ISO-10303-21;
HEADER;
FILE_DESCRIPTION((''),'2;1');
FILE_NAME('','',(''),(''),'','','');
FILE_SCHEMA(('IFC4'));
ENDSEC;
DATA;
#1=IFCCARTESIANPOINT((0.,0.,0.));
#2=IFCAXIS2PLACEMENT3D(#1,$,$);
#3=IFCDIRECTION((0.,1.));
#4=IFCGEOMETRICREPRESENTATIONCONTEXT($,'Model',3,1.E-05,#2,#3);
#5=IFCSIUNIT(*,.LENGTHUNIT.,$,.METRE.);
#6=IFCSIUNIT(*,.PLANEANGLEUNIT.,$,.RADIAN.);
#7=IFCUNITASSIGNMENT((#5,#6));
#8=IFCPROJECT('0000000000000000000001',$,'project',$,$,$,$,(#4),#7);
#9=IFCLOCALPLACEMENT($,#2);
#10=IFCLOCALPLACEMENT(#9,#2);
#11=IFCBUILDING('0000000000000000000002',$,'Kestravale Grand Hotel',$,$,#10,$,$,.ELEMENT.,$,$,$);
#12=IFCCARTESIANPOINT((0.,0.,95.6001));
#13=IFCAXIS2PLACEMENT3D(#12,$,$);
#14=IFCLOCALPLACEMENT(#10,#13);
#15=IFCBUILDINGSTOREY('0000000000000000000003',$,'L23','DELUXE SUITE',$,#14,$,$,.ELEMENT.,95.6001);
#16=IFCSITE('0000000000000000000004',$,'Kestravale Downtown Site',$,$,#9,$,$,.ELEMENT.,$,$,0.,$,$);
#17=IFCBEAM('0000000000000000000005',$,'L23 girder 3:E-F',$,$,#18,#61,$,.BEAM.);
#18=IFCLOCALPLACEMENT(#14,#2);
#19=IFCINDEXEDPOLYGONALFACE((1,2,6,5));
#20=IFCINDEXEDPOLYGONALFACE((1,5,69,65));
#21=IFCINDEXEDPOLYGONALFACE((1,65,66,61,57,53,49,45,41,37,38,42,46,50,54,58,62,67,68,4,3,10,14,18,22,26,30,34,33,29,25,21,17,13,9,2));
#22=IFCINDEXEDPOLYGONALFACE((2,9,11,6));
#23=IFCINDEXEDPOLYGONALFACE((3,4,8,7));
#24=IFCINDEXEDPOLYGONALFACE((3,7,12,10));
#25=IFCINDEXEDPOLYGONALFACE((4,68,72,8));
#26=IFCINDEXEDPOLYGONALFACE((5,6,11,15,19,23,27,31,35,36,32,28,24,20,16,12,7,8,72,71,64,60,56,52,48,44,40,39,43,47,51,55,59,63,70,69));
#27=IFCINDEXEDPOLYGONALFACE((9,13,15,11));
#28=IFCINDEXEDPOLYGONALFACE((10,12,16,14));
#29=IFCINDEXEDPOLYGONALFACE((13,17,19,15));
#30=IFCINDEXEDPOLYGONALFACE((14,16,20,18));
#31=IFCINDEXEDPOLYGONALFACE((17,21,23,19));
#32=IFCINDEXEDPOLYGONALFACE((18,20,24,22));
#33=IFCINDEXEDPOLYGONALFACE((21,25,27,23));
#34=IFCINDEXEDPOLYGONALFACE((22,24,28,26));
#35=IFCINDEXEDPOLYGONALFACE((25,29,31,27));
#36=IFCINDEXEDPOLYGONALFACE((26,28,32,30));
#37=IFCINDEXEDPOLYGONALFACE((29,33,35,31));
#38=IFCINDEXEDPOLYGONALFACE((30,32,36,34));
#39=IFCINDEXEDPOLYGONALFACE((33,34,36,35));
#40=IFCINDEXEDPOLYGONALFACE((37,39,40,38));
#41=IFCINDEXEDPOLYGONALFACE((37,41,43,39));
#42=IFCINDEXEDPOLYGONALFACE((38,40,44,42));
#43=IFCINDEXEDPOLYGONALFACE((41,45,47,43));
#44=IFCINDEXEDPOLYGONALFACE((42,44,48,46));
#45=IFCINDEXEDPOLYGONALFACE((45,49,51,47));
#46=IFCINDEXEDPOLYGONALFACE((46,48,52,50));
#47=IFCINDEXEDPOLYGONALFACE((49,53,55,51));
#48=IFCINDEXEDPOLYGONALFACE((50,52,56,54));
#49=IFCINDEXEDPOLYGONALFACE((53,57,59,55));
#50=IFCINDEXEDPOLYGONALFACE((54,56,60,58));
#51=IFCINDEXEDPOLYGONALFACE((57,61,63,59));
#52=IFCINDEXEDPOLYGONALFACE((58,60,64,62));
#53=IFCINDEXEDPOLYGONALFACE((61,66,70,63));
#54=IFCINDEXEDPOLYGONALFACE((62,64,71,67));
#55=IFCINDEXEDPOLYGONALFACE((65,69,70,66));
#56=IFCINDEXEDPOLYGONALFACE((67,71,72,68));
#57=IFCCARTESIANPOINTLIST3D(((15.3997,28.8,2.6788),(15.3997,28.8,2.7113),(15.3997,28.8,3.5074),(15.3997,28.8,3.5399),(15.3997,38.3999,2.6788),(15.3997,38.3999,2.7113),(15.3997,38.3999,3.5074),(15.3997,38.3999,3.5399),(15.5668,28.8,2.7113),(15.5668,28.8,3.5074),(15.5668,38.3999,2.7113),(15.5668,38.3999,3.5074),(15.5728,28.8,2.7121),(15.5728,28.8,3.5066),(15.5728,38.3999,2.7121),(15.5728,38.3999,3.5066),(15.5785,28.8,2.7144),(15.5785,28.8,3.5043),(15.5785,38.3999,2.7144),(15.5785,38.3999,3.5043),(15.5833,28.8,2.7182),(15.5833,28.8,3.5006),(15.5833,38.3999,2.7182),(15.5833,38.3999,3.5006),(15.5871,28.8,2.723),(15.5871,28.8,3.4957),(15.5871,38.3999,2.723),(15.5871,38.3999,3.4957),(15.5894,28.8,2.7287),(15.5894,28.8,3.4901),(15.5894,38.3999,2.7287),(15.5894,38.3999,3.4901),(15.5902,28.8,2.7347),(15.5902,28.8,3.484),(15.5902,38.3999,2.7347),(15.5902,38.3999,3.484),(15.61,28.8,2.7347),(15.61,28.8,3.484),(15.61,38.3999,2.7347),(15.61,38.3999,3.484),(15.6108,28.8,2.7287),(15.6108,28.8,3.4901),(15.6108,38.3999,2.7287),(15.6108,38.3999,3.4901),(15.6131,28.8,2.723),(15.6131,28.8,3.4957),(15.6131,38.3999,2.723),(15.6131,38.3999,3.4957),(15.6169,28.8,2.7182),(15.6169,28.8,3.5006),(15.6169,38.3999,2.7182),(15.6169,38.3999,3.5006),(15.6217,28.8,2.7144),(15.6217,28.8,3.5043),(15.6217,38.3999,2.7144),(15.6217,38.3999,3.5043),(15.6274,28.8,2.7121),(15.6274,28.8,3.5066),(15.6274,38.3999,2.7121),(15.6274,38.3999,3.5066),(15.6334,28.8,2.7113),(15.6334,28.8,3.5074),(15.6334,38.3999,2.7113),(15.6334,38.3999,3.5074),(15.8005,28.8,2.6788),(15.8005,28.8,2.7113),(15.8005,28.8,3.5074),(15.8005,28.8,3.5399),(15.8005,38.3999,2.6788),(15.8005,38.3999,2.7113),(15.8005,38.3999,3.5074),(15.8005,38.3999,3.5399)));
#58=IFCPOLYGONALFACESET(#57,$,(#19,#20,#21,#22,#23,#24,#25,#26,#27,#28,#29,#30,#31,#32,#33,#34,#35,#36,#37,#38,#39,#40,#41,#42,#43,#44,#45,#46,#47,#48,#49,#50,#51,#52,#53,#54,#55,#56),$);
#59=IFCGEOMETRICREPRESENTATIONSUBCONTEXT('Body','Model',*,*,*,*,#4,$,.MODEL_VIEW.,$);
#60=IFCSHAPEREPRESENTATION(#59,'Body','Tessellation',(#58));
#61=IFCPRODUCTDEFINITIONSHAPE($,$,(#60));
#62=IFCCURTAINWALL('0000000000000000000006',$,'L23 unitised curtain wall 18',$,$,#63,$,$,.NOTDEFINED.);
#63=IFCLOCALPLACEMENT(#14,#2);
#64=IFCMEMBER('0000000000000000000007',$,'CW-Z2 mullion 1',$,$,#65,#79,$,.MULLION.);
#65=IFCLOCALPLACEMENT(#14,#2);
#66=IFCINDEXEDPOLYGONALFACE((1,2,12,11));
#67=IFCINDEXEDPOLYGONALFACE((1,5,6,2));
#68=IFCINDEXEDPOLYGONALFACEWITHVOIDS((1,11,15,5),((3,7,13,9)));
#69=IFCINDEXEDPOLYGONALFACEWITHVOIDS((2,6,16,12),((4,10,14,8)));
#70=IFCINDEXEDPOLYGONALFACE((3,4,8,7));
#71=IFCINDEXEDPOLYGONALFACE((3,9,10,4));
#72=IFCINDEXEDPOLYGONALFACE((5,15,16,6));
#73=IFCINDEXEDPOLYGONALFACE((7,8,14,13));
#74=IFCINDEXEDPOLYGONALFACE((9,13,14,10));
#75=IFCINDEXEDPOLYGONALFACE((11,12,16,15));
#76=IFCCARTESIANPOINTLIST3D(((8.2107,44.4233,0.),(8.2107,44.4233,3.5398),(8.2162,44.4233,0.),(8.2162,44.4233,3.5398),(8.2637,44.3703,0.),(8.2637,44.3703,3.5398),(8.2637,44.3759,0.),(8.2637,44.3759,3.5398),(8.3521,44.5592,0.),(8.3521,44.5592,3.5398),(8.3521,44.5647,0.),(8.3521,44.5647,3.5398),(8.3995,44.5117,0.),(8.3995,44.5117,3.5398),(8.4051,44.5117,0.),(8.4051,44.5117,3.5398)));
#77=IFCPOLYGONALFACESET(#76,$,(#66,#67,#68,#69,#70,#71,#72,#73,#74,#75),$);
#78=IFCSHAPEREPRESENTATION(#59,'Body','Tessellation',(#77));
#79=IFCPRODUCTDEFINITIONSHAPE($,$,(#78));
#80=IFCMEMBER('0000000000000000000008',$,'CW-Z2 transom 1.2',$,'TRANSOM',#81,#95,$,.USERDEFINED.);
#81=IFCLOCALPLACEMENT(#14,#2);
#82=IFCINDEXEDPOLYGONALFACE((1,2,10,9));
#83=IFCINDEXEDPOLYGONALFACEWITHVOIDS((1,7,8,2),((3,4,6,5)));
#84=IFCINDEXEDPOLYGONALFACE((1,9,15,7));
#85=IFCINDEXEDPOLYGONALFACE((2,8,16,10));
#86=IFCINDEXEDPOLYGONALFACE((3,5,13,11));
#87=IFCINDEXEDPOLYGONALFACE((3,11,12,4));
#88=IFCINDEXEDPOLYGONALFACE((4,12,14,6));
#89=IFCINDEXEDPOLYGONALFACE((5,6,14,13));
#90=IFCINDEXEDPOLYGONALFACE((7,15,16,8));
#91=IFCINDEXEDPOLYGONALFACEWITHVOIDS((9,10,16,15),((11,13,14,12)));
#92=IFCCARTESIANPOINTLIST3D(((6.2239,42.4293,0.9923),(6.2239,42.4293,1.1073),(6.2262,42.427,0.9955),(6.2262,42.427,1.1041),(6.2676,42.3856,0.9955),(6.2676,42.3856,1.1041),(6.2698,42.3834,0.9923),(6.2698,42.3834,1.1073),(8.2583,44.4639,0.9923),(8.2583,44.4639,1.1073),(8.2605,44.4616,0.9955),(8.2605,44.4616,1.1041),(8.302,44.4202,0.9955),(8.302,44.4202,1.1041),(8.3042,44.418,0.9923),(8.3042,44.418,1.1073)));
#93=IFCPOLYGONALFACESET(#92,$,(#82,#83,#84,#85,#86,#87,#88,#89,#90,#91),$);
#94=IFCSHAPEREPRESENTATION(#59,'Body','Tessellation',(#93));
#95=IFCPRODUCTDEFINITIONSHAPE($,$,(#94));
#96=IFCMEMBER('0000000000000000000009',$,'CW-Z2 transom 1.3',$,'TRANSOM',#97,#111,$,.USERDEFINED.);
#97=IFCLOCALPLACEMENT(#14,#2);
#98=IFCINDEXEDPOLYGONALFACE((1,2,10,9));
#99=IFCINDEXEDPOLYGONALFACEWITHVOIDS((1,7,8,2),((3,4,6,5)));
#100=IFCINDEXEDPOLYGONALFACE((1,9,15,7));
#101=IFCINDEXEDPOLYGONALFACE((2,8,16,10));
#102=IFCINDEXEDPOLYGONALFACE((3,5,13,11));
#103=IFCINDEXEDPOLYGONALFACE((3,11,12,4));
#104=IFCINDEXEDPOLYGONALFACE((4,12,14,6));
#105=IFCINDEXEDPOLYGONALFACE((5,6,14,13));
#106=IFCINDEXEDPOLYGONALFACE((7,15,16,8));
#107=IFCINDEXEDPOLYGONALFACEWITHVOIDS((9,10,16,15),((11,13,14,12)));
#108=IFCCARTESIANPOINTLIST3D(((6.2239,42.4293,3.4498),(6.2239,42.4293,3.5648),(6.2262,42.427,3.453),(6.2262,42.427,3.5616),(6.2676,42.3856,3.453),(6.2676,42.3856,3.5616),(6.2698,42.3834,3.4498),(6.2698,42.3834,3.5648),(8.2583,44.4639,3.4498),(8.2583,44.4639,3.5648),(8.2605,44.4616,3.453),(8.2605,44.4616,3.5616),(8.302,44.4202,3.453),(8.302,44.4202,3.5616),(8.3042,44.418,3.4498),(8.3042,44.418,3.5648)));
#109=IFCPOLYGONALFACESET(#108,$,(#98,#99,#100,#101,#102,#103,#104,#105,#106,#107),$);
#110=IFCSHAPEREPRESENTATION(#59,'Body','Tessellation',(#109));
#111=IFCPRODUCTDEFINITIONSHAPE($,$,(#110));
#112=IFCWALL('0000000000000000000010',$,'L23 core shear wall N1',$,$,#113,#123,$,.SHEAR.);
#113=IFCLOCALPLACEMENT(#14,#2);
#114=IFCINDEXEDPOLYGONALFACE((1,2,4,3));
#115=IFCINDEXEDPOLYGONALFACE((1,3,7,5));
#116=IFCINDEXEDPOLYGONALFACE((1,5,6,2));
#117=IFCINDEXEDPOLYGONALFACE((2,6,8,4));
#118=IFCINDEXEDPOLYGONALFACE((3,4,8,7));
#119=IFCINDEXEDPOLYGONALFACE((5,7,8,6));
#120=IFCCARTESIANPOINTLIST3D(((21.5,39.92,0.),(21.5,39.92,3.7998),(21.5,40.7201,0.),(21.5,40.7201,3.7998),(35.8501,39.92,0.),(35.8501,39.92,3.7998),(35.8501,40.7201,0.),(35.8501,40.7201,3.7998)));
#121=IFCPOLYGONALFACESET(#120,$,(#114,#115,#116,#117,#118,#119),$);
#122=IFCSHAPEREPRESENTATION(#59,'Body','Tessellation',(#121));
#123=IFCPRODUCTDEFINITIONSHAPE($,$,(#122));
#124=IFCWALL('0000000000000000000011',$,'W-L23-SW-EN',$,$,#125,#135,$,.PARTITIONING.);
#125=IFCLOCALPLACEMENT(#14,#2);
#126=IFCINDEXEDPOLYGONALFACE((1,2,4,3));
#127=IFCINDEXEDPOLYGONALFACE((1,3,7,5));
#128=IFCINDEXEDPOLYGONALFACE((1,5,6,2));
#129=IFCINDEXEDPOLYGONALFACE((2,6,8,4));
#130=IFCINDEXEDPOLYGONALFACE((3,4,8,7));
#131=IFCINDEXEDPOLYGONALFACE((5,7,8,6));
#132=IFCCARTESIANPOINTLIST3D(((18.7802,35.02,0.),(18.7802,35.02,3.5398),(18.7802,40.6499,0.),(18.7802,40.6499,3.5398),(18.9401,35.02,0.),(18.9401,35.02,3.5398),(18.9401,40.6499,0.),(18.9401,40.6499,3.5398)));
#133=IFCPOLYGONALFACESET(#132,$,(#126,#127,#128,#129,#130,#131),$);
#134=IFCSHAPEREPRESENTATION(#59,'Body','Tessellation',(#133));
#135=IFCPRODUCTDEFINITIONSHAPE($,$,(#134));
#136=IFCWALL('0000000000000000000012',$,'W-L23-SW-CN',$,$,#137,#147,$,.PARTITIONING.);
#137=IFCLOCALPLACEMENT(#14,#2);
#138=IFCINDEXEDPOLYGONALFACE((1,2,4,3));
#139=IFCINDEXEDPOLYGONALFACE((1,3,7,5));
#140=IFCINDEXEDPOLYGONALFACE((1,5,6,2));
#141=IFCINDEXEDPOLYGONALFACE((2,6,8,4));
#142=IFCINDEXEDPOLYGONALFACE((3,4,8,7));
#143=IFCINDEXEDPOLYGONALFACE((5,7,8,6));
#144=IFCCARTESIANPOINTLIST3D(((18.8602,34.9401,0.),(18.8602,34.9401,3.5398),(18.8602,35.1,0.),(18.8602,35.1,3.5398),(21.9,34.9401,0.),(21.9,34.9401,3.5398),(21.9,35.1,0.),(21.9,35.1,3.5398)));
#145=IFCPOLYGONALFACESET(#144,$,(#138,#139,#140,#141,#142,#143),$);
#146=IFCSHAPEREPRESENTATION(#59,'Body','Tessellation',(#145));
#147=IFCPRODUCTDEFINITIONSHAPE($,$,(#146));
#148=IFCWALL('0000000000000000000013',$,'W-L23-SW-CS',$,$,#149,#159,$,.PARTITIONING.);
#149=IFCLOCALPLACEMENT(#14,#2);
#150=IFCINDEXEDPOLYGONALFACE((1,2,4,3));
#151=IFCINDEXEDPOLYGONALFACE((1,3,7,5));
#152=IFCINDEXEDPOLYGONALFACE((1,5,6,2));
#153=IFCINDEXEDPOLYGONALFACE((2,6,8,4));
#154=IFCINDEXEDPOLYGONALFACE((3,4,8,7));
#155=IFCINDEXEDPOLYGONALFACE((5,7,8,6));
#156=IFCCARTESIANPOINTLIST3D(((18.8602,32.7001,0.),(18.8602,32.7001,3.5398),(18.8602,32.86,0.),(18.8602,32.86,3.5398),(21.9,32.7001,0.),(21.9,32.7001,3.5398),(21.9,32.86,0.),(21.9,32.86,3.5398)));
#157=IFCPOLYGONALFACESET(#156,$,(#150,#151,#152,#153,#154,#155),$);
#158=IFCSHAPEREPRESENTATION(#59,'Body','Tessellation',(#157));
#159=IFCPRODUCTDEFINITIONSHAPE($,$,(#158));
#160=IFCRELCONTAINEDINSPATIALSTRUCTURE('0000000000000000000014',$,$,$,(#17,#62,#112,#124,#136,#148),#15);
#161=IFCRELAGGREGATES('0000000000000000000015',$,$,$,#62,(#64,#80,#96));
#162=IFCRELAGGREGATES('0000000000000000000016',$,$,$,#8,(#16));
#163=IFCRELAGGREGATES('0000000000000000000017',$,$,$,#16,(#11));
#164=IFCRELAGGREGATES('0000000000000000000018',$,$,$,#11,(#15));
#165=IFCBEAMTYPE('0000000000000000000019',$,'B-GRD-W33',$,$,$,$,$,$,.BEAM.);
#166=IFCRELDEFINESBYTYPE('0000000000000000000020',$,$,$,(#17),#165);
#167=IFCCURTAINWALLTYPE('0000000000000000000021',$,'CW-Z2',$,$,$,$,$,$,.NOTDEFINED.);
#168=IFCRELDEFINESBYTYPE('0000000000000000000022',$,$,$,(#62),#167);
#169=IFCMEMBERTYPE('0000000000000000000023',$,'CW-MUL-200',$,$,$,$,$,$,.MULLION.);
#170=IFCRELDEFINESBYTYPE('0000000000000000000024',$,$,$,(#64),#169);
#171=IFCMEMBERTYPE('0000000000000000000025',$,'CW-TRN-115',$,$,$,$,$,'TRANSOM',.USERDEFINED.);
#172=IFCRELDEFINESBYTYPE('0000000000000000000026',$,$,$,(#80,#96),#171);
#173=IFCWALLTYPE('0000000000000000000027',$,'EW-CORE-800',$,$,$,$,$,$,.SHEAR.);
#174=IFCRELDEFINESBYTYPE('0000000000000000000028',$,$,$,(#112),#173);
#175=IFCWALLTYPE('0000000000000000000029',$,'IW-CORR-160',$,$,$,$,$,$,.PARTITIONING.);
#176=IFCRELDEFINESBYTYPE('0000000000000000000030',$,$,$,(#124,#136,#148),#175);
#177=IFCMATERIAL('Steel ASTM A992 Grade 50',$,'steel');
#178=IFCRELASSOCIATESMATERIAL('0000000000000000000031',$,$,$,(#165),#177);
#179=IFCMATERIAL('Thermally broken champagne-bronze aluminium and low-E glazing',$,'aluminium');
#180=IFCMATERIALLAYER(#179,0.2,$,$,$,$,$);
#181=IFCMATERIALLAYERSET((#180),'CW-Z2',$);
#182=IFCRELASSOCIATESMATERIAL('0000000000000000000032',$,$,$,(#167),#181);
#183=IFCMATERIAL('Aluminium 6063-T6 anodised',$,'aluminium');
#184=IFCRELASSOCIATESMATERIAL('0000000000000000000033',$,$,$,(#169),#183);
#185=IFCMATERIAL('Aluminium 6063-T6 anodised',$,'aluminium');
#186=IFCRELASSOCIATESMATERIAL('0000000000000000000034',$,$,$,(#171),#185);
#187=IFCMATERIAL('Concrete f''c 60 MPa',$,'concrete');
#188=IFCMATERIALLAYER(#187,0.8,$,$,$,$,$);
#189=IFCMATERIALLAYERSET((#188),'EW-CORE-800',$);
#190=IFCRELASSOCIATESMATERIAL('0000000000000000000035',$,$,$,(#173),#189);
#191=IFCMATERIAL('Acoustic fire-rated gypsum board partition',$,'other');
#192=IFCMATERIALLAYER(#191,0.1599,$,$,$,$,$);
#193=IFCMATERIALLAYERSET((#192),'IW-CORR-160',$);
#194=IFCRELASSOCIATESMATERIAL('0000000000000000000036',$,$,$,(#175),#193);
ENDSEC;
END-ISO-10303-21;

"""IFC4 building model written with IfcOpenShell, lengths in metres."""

from ifc_helpers import new_model, si_unit, direction, frame, frame_2d, origin, origin_2d, place, context, subcontext, project, spatial, rectangle, hollow_rectangle, i_section, extrude, material, layer, layer_set, material_profile, profile_set, type_object, element, aggregate, save


model = new_model("IFC4")

# Units and contexts
model_context = context("Model", 3, precision=1e-05, world=origin(), true_north=direction((0.0, 1.0)))
body_context = subcontext(model_context, "Body", "Model", "MODEL_VIEW")
ifc_project = project(units=[si_unit("LENGTHUNIT", "METRE"), si_unit("PLANEANGLEUNIT", "RADIAN")], contexts=[model_context])

# Site, building, storey
site_placement = place(None, origin())
site = spatial("IfcSite", under=ifc_project, at=site_placement, Name="Kestravale Downtown Site", CompositionType="ELEMENT", RefElevation=0.0)
building_placement = place(site_placement, origin())
building = spatial("IfcBuilding", under=site, at=building_placement, Name="Kestravale Grand Hotel", CompositionType="ELEMENT")
storey_placement = place(building_placement, frame((0.0, 0.0, 95.6001)))
storey = spatial("IfcBuildingStorey", under=building, at=storey_placement, Name="L23", Description="DELUXE SUITE", CompositionType="ELEMENT", Elevation=95.6001)

# Beam
ifc_material_1 = material(Name="Steel ASTM A992 Grade 50", Category="steel")
ifc_material_profile_1 = material_profile(ifc_material_1, i_section(OverallWidth=0.4009, OverallDepth=0.8611, WebThickness=0.0198, FlangeThickness=0.0325, FilletRadius=0.0234, at=origin_2d()))
ifc_profile_set_1 = profile_set([ifc_material_profile_1], Name="Steel ASTM A992 Grade 50")
beam_type_1 = type_object("IfcBeamType", Name="B-GRD-W33", PredefinedType="BEAM", material=ifc_profile_set_1)
beam_1_placement = place(storey_placement, frame((15.6001, 28.8, 3.1094), z_axis=(0.0, 1.0, 0.0), x_axis=(-1.0, 0.0, 0.0)))
element("IfcBeam", 1, at=beam_1_placement, inside=storey, type_object=beam_type_1, Name="L23 girder 3:E-F", PredefinedType="BEAM", context=body_context, shape_type="SweptSolid", body=[
    extrude(i_section(OverallWidth=0.4009, OverallDepth=0.8611, WebThickness=0.0198, FlangeThickness=0.0325, FilletRadius=0.0234, at=origin_2d()), origin(), (0.0, 0.0, 1.0), 9.5999),
])

# Curtain wall, members
ifc_material_2 = material(Name="Thermally broken champagne-bronze aluminium and low-E glazing", Category="aluminium")
ifc_layer_1 = layer(ifc_material_2, 0.2)
ifc_layer_set_1 = layer_set([ifc_layer_1], Name="CW-Z2")
curtain_wall_type = type_object("IfcCurtainWallType", Name="CW-Z2", PredefinedType="NOTDEFINED", material=ifc_layer_set_1)
curtain_wall_placement = place(storey_placement, origin())
curtain_wall = element("IfcCurtainWall", 2, at=curtain_wall_placement, inside=storey, type_object=curtain_wall_type, Name="L23 unitised curtain wall 18", PredefinedType="NOTDEFINED")
ifc_material_3 = material(Name="Aluminium 6063-T6 anodised", Category="aluminium")
ifc_material_profile_2 = material_profile(ifc_material_3, hollow_rectangle(XDim=0.075, YDim=0.2, WallThickness=0.0039, at=origin_2d()))
ifc_profile_set_2 = profile_set([ifc_material_profile_2], Name="Aluminium 6063-T6 anodised")
member_type_1 = type_object("IfcMemberType", Name="CW-MUL-200", PredefinedType="MULLION", material=ifc_profile_set_2)
member_1_placement = place(storey_placement, frame((8.3079, 44.4675, 0.0), z_axis=(0.0, 0.0, 1.0), x_axis=(0.707107, -0.707107, 0.0)))
member_1 = element("IfcMember", 3, at=member_1_placement, type_object=member_type_1, Name="CW-Z2 mullion 1", PredefinedType="MULLION", context=body_context, shape_type="SweptSolid", body=[
    extrude(hollow_rectangle(XDim=0.075, YDim=0.2, WallThickness=0.0039, at=origin_2d()), origin(), (0.0, 0.0, 1.0), 3.5398),
])
ifc_material_4 = material(Name="Aluminium 6063-T6 anodised", Category="aluminium")
ifc_material_profile_3 = material_profile(ifc_material_4, hollow_rectangle(XDim=0.0649, YDim=0.115, WallThickness=0.0032, at=origin_2d()))
ifc_profile_set_3 = profile_set([ifc_material_profile_3], Name="Aluminium 6063-T6 anodised")
member_type_2 = type_object("IfcMemberType", Name="CW-TRN-115", ElementType="TRANSOM", PredefinedType="USERDEFINED", material=ifc_profile_set_3)
member_2_placement = place(storey_placement, frame((8.2812, 44.4409, 1.0498), z_axis=(-0.707064, -0.707149, 0.0), x_axis=(0.707149, -0.707064, 0.0)))
member_2 = element("IfcMember", 4, at=member_2_placement, type_object=member_type_2, Name="CW-Z2 transom 1.2", ObjectType="TRANSOM", PredefinedType="USERDEFINED", context=body_context, shape_type="SweptSolid", body=[
    extrude(hollow_rectangle(XDim=0.0649, YDim=0.115, WallThickness=0.0032, at=origin_2d()), origin(), (0.0, 0.0, 1.0), 2.8772),
])
member_3_placement = place(storey_placement, frame((8.2812, 44.4409, 3.5073), z_axis=(-0.707064, -0.707149, 0.0), x_axis=(0.707149, -0.707064, 0.0)))
member_3 = element("IfcMember", 5, at=member_3_placement, type_object=member_type_2, Name="CW-Z2 transom 1.3", ObjectType="TRANSOM", PredefinedType="USERDEFINED", context=body_context, shape_type="SweptSolid", body=[
    extrude(hollow_rectangle(XDim=0.0649, YDim=0.115, WallThickness=0.0032, at=origin_2d()), origin(), (0.0, 0.0, 1.0), 2.8772),
])
aggregate(curtain_wall, [member_1, member_2, member_3])

# Walls
ifc_material_5 = material(Name="Concrete f'c 60 MPa", Category="concrete")
ifc_layer_2 = layer(ifc_material_5, 0.8)
ifc_layer_set_2 = layer_set([ifc_layer_2], Name="EW-CORE-800")
wall_type_1 = type_object("IfcWallType", Name="EW-CORE-800", PredefinedType="SHEAR", material=ifc_layer_set_2)
wall_1_placement = place(storey_placement, frame((21.5, 40.3201, 0.0), z_axis=(0.0, 0.0, 1.0), x_axis=(1.0, 0.0, 0.0)))
element("IfcWall", 6, at=wall_1_placement, inside=storey, type_object=wall_type_1, Name="L23 core shear wall N1", PredefinedType="SHEAR", context=body_context, shape_type="SweptSolid", body=[
    extrude(rectangle(XDim=14.3501, YDim=0.8, at=frame_2d((7.175, 0.0))), origin(), (0.0, 0.0, 1.0), 3.7998),
])
ifc_material_6 = material(Name="Acoustic fire-rated gypsum board partition", Category="other")
ifc_layer_3 = layer(ifc_material_6, 0.1599)
ifc_layer_set_3 = layer_set([ifc_layer_3], Name="IW-CORR-160")
wall_type_2 = type_object("IfcWallType", Name="IW-CORR-160", PredefinedType="PARTITIONING", material=ifc_layer_set_3)
wall_2_placement = place(storey_placement, frame((18.8601, 35.02, 0.0), z_axis=(0.0, 0.0, 1.0), x_axis=(0.0, 1.0, 0.0)))
element("IfcWall", 7, at=wall_2_placement, inside=storey, type_object=wall_type_2, Name="W-L23-SW-EN", PredefinedType="PARTITIONING", context=body_context, shape_type="SweptSolid", body=[
    extrude(rectangle(XDim=5.6299, YDim=0.1599, at=frame_2d((2.8149, 0.0))), origin(), (0.0, 0.0, 1.0), 3.5398),
])
for number, where, z_axis, x_axis, name in (
    (8, (18.8601, 35.02, 0.0), (0.0, 0.0, 1.0), (1.0, 0.0, 0.0), "W-L23-SW-CN"),
    (9, (18.8601, 32.78, 0.0), (0.0, 0.0, 1.0), (1.0, 0.0, 0.0), "W-L23-SW-CS"),
):
    element("IfcWall", number, at=place(storey_placement, frame(where, z_axis=z_axis, x_axis=x_axis)), inside=storey, type_object=wall_type_2, Name=name, PredefinedType="PARTITIONING", context=body_context, shape_type="SweptSolid", body=[
        extrude(rectangle(XDim=3.0398, YDim=0.1599, at=frame_2d((1.52, 0.0))), origin(), (0.0, 0.0, 1.0), 3.5398),
    ])

save(model, "model.ifc")
